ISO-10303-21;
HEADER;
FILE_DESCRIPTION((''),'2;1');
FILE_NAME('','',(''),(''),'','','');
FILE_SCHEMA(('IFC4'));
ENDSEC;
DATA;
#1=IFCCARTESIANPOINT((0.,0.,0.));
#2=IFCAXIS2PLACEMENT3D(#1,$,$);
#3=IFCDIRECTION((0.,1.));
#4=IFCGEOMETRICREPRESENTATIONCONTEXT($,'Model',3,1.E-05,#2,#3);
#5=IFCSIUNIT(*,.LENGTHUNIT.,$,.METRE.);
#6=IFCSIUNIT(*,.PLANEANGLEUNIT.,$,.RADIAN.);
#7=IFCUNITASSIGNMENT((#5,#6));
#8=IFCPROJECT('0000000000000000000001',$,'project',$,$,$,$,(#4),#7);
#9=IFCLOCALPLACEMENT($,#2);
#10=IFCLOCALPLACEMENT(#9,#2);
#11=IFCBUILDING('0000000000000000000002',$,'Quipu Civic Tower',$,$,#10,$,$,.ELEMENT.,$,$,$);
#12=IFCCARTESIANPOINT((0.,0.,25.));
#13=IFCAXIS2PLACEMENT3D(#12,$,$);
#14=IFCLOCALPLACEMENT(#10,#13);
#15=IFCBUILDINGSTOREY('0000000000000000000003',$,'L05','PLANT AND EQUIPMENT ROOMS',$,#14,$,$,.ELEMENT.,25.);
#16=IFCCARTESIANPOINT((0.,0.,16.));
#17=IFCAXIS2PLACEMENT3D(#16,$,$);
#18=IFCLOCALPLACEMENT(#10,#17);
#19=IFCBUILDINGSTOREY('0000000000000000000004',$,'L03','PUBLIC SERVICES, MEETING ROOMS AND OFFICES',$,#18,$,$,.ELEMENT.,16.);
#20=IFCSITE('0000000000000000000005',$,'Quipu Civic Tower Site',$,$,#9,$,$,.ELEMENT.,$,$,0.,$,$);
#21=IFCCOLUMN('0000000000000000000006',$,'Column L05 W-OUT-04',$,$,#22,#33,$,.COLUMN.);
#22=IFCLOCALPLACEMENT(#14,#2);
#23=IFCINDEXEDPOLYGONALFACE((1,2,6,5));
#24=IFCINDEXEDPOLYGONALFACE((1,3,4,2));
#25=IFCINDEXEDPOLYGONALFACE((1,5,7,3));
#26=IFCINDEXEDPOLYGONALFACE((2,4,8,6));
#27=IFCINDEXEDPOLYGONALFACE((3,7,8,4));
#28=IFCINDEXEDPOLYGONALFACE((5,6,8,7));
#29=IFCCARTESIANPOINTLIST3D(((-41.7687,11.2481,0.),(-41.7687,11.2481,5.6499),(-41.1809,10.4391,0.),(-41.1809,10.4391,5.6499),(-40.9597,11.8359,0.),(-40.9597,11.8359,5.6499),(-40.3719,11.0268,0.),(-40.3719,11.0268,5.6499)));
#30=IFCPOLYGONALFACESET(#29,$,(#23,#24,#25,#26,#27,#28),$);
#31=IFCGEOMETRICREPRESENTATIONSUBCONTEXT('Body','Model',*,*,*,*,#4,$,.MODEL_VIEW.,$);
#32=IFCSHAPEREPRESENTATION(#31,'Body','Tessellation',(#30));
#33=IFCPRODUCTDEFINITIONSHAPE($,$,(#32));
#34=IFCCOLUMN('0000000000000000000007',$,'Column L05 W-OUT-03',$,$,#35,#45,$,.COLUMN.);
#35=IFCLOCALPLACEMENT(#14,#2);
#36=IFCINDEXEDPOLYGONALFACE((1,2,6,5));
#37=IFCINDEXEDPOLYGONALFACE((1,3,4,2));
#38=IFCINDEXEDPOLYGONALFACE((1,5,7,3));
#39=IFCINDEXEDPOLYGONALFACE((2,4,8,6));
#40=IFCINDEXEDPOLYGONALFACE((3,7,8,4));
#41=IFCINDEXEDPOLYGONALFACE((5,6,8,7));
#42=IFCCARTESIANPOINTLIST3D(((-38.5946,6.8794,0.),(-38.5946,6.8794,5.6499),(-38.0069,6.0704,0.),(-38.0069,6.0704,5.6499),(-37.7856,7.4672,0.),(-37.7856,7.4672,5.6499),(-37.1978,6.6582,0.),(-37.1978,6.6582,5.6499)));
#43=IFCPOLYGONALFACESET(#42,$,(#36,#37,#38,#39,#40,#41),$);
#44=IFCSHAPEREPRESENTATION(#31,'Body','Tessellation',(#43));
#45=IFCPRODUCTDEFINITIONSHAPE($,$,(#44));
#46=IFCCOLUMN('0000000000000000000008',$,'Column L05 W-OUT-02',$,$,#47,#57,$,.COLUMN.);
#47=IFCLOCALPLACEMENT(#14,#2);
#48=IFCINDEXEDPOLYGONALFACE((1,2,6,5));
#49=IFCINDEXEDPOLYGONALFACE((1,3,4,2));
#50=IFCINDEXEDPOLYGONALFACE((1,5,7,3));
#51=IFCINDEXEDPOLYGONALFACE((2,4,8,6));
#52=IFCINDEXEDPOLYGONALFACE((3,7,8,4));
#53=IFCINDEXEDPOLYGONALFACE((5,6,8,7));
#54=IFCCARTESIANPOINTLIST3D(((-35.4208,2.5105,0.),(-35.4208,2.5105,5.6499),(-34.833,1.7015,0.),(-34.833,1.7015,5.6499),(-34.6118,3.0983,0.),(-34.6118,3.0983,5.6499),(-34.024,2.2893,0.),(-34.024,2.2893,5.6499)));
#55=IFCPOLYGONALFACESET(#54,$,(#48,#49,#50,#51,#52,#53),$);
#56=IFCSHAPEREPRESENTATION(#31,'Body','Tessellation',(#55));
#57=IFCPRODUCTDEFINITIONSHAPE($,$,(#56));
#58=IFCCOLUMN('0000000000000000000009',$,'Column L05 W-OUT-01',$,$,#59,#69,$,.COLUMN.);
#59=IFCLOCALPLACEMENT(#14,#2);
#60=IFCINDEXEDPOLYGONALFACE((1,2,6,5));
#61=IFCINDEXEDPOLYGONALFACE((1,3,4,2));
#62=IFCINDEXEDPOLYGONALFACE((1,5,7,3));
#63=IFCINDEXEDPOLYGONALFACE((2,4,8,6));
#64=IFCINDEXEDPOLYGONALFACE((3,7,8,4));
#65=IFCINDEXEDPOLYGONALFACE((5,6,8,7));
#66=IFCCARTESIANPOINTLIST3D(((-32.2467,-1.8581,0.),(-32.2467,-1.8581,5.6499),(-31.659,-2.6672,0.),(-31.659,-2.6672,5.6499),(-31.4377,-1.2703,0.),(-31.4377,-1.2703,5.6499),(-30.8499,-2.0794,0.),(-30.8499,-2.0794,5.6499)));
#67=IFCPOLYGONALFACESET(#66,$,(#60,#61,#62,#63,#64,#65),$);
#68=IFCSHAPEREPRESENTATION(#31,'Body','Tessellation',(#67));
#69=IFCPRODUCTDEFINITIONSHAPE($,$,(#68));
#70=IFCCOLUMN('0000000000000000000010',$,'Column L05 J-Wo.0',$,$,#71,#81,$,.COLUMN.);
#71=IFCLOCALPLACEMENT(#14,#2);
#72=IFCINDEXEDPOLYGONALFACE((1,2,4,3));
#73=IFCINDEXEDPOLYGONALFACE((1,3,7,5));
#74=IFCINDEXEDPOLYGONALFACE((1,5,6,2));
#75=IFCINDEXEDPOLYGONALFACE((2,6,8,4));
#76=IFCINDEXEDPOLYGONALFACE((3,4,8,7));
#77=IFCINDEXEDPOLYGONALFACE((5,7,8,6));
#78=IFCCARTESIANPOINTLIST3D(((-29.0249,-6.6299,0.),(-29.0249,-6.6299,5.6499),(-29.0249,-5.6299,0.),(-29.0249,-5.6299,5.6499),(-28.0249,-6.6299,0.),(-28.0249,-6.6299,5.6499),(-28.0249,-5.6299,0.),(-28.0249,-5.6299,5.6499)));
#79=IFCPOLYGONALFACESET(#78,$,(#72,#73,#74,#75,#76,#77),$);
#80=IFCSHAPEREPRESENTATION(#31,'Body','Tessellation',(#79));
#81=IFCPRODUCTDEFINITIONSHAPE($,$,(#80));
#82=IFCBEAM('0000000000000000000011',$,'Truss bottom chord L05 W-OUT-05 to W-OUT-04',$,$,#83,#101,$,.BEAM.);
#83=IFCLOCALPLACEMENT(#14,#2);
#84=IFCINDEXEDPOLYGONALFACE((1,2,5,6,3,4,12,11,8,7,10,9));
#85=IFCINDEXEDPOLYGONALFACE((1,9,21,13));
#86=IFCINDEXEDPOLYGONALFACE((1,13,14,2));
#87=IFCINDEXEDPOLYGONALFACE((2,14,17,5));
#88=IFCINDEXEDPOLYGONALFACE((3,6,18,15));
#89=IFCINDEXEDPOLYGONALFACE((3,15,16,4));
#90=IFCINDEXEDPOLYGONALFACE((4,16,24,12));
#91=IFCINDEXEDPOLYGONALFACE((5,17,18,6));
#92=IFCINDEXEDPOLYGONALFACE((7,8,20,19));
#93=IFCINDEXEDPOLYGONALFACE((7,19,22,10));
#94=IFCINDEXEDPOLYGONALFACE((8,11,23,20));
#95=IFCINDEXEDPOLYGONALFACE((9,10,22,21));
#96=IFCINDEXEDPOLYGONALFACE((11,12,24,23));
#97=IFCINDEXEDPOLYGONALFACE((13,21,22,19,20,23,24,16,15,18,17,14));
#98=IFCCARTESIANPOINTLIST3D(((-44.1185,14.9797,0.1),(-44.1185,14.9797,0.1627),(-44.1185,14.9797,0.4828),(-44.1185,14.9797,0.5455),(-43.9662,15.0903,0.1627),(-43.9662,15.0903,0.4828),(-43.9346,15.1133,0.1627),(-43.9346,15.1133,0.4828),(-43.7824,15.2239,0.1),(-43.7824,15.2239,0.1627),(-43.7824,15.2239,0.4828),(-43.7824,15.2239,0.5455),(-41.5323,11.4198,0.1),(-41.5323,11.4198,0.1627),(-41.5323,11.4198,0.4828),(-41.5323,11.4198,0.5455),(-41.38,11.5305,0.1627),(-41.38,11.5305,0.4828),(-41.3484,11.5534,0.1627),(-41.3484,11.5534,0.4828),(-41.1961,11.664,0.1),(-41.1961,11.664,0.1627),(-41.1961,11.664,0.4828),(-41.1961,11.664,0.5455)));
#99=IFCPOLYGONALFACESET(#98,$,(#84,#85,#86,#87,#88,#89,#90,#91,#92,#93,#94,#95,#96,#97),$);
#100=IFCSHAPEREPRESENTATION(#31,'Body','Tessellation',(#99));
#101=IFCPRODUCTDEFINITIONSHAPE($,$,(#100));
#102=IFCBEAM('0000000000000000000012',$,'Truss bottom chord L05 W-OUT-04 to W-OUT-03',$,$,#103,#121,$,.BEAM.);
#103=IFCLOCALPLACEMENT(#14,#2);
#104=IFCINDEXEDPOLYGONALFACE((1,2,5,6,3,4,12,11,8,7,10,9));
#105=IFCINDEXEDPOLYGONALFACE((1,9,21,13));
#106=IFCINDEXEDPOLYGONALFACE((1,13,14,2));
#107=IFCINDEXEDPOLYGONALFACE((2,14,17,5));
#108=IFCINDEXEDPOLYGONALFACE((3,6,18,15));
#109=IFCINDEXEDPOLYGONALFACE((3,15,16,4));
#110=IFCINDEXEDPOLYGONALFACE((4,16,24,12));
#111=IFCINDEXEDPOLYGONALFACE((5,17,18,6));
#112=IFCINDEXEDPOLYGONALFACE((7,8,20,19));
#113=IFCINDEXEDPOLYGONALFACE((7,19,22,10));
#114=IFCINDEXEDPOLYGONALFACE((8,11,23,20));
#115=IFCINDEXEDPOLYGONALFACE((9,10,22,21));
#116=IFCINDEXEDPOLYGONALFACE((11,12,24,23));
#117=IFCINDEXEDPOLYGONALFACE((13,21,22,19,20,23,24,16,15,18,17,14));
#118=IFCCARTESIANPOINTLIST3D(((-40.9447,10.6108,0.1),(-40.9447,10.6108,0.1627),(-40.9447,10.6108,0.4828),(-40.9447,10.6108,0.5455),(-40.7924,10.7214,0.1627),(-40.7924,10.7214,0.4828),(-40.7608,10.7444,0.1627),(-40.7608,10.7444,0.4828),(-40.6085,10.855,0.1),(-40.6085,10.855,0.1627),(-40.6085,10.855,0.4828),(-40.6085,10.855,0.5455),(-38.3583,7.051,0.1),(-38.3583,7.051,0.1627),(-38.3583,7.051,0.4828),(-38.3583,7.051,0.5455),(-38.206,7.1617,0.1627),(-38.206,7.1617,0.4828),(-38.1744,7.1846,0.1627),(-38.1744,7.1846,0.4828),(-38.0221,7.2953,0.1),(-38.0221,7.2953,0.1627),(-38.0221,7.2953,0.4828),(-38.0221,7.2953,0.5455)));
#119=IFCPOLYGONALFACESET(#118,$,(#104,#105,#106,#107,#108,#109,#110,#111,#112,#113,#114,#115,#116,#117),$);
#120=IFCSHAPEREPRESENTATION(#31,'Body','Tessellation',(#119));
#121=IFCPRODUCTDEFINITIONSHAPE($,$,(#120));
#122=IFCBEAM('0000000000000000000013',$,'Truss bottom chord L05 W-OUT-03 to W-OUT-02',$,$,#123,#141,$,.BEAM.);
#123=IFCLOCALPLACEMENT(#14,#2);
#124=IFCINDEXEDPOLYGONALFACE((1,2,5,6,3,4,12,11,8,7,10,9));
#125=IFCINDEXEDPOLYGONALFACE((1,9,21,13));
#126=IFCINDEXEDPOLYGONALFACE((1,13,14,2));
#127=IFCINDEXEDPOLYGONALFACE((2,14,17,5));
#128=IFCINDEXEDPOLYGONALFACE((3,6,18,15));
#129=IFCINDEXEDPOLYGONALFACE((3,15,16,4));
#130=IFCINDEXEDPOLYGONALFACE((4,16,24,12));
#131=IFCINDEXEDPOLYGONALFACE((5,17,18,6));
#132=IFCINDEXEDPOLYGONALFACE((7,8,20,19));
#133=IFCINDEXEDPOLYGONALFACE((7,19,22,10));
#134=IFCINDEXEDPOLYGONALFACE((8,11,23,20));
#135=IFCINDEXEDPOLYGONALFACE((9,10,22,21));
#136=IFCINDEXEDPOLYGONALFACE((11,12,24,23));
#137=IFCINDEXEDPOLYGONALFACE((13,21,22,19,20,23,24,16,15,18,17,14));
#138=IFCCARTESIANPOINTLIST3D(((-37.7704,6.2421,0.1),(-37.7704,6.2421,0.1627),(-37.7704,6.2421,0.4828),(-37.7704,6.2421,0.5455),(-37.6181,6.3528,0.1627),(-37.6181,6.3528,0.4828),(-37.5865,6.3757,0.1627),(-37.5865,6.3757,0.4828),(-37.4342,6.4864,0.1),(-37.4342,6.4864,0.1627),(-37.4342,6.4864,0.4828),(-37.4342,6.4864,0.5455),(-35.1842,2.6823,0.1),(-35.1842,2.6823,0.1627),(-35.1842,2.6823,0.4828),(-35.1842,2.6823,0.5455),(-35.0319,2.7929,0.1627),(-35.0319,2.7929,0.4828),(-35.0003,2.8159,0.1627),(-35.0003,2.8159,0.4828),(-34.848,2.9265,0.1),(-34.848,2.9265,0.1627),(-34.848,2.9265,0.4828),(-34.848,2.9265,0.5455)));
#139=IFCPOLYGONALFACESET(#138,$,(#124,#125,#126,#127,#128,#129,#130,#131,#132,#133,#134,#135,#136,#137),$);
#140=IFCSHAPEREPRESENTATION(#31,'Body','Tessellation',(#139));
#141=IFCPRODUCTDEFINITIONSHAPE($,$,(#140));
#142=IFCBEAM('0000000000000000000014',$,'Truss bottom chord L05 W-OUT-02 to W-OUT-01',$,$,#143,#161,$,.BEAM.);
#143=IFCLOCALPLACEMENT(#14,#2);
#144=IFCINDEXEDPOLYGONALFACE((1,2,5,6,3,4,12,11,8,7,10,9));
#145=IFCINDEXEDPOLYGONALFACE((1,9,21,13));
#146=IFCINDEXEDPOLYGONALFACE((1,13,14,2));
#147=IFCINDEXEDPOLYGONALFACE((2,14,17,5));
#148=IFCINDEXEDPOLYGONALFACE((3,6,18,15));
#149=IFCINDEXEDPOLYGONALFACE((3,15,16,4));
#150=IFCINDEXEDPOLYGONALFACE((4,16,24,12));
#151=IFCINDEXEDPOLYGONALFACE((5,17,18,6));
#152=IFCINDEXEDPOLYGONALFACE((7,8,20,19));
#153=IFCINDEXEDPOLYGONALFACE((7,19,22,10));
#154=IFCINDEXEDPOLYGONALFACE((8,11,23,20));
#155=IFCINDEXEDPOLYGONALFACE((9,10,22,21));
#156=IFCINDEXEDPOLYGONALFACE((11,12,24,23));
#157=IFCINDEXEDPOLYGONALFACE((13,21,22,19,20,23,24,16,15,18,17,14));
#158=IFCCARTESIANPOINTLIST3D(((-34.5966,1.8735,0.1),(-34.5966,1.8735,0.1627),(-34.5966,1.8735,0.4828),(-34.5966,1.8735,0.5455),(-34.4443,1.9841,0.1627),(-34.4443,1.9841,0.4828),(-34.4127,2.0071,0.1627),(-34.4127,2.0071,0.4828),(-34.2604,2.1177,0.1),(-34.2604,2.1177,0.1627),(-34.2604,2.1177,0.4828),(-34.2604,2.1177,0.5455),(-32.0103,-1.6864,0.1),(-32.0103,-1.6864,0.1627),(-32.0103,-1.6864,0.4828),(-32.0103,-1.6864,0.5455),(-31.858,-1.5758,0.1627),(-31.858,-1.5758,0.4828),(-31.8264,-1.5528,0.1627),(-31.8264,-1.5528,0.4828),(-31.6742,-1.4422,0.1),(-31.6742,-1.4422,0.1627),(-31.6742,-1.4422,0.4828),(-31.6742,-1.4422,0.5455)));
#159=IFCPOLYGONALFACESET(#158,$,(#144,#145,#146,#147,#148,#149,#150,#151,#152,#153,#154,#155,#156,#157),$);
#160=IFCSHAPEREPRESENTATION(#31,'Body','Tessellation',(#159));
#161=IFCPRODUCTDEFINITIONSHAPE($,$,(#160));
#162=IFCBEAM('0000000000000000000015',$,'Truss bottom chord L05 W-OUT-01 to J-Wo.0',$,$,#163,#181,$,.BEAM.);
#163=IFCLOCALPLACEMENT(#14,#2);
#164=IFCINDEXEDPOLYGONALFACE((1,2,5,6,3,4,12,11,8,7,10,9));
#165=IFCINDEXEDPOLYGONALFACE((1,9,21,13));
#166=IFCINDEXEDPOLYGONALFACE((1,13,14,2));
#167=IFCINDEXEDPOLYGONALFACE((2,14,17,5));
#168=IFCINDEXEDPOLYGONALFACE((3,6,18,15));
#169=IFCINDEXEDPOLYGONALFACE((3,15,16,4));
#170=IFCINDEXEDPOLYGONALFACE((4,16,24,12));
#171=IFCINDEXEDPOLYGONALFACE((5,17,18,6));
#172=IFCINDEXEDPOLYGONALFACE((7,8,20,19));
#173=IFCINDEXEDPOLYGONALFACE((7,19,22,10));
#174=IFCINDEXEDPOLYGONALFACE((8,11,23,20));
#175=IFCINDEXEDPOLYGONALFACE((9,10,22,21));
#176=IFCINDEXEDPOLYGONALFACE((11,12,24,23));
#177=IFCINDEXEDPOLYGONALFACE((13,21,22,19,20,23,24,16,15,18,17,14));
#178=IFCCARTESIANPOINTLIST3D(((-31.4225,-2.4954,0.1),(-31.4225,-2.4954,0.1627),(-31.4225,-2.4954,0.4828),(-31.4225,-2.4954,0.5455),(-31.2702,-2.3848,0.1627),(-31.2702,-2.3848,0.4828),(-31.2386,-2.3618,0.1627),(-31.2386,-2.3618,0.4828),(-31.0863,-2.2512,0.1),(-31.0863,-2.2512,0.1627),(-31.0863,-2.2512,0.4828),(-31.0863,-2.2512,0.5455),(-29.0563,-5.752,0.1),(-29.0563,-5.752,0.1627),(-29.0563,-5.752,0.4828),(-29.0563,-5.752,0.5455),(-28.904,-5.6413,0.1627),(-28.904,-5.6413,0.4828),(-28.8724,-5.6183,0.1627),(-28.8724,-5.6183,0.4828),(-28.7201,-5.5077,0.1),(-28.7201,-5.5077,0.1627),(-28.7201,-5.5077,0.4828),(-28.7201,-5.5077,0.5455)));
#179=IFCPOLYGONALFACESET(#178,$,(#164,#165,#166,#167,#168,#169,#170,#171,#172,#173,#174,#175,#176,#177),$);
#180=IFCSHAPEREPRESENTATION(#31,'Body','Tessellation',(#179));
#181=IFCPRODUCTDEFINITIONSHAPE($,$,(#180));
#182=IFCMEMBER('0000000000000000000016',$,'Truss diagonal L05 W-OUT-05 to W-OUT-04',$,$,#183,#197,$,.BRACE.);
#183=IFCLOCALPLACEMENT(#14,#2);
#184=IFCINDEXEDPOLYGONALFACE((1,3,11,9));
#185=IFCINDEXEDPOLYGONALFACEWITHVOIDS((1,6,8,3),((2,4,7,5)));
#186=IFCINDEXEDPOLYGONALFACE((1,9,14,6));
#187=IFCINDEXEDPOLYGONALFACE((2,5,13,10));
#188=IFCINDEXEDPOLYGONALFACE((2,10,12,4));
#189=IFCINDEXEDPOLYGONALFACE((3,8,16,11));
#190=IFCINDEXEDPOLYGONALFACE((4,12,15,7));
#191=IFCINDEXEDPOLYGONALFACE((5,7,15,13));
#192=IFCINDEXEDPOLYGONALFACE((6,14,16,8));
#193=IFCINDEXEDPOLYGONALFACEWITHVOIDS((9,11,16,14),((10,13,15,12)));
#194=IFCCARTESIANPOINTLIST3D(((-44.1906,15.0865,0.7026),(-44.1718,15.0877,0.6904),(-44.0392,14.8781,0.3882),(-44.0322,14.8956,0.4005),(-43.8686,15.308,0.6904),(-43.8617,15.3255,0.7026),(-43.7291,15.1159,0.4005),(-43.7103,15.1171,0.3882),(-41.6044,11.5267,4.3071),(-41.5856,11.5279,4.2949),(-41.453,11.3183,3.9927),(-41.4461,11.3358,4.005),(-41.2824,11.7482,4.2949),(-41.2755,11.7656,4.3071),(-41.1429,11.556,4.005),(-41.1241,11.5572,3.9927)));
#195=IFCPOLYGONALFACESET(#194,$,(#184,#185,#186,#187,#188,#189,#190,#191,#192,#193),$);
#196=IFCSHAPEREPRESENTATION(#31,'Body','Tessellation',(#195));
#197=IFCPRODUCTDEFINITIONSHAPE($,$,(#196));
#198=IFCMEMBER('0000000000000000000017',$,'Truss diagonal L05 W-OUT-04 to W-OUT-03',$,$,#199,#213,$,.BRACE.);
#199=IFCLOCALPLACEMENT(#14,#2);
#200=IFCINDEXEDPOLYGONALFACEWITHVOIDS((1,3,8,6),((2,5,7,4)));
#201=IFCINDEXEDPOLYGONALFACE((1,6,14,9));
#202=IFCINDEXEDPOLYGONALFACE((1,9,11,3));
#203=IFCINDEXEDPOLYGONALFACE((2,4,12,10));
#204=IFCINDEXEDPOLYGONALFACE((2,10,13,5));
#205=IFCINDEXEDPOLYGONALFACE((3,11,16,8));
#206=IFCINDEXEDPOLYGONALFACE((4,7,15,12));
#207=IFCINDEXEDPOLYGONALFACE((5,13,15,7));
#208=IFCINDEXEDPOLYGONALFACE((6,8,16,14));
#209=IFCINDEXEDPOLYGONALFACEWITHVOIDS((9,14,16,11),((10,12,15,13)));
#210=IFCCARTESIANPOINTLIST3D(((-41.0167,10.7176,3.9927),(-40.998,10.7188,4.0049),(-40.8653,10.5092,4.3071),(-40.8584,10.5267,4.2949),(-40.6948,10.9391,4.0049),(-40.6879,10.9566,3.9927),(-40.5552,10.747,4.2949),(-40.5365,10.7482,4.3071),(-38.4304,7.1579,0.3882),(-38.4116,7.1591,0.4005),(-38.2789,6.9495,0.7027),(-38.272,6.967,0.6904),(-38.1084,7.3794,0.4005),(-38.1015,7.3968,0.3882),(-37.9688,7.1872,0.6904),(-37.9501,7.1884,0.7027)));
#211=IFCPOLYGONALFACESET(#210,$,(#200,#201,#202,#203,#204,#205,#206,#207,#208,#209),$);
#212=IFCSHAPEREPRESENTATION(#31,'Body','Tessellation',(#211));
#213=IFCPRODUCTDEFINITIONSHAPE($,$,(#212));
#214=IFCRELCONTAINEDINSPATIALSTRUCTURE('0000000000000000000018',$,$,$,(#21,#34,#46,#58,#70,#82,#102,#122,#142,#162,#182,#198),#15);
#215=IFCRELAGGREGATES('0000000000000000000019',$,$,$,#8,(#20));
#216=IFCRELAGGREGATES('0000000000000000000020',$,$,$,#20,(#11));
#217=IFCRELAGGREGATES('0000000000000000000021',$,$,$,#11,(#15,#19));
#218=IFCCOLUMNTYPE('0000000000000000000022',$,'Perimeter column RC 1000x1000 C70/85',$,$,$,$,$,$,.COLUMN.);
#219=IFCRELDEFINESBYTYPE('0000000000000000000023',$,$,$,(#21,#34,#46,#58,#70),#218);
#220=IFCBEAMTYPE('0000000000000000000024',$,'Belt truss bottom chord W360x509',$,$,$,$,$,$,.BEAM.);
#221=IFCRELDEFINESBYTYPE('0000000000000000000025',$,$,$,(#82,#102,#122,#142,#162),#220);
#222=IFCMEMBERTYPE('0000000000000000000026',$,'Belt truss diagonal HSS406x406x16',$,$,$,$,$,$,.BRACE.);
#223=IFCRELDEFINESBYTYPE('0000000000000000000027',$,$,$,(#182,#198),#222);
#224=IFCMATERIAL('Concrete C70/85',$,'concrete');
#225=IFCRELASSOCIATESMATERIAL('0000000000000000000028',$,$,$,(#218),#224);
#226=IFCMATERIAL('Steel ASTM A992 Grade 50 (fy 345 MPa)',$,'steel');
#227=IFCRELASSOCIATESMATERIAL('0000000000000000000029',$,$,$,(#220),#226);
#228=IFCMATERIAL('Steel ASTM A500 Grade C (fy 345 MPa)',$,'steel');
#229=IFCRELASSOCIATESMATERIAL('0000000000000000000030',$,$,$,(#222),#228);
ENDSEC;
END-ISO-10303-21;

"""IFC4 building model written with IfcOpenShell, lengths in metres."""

from ifc_helpers import new_model, si_unit, direction, frame, origin, origin_2d, place, context, subcontext, project, spatial, rectangle, hollow_rectangle, i_section, extrude, material, material_profile, profile_set, type_object, element, save


model = new_model("IFC4")

# Units and contexts
model_context = context("Model", 3, precision=1e-05, world=origin(), true_north=direction((0.0, 1.0)))
body_context = subcontext(model_context, "Body", "Model", "MODEL_VIEW")
ifc_project = project(units=[si_unit("LENGTHUNIT", "METRE"), si_unit("PLANEANGLEUNIT", "RADIAN")], contexts=[model_context])

# Site, building, storey
site_placement = place(None, origin())
site = spatial("IfcSite", under=ifc_project, at=site_placement, Name="Quipu Civic Tower Site", CompositionType="ELEMENT", RefElevation=0.0)
building_placement = place(site_placement, origin())
building = spatial("IfcBuilding", under=site, at=building_placement, Name="Quipu Civic Tower", CompositionType="ELEMENT")
storey_1_placement = place(building_placement, frame((0.0, 0.0, 25.0)))
storey_1 = spatial("IfcBuildingStorey", under=building, at=storey_1_placement, Name="L05", Description="PLANT AND EQUIPMENT ROOMS", CompositionType="ELEMENT", Elevation=25.0)

# Columns
ifc_material_1 = material(Name="Concrete C70/85", Category="concrete")
ifc_material_profile_1 = material_profile(ifc_material_1, rectangle(XDim=1.0, YDim=1.0, at=origin_2d()), Name="RC1000x1000")
ifc_profile_set_1 = profile_set([ifc_material_profile_1], Name="Concrete C70/85")
column_type = type_object("IfcColumnType", Name="Perimeter column RC 1000x1000 C70/85", PredefinedType="COLUMN", material=ifc_profile_set_1)
for number, where, z_axis, x_axis, name in (
    (1, (-41.0703, 11.1375, 0.0), (0.0, 0.0, 1.0), (0.587785, -0.809017, 0.0), "Column L05 W-OUT-04"),
    (2, (-37.8962, 6.7688, 0.0), (0.0, 0.0, 1.0), (0.587785, -0.809017, 0.0), "Column L05 W-OUT-03"),
    (3, (-34.7224, 2.3999, 0.0), (0.0, 0.0, 1.0), (0.587785, -0.809017, 0.0), "Column L05 W-OUT-02"),
    (4, (-31.5483, -1.9688, 0.0), (0.0, 0.0, 1.0), (0.587785, -0.809017, 0.0), "Column L05 W-OUT-01"),
    (5, (-28.5249, -6.1299, 0.0), (0.0, 0.0, 1.0), (1.0, 0.0, 0.0), "Column L05 J-Wo.0"),
):
    element("IfcColumn", number, at=place(storey_1_placement, frame(where, z_axis=z_axis, x_axis=x_axis)), inside=storey_1, type_object=column_type, Name=name, PredefinedType="COLUMN", context=body_context, shape_type="SweptSolid", body=[
        extrude(rectangle(XDim=1.0, YDim=1.0, at=origin_2d()), origin(), (0.0, 0.0, 1.0), 5.6499),
    ])

# Beams
ifc_material_2 = material(Name="Steel ASTM A992 Grade 50 (fy 345 MPa)", Category="steel")
ifc_material_profile_2 = material_profile(ifc_material_2, i_section(OverallWidth=0.4155, OverallDepth=0.4456, WebThickness=0.0391, FlangeThickness=0.0627, at=origin_2d()), Name="W360x509")
ifc_profile_set_2 = profile_set([ifc_material_profile_2], Name="Steel ASTM A992 Grade 50 (fy 345 MPa)")
beam_type_1 = type_object("IfcBeamType", Name="Belt truss bottom chord W360x509", PredefinedType="BEAM", material=ifc_profile_set_2)
for number, where, z_axis, x_axis, name in (
    (6, (-43.9504, 15.1018, 0.3228), (0.587759, -0.809036, 0.0), (0.809036, 0.587759, 0.0), "Truss bottom chord L05 W-OUT-05 to W-OUT-04"),
    (7, (-40.7766, 10.7329, 0.3228), (0.587796, -0.80901, 0.0), (0.80901, 0.587796, 0.0), "Truss bottom chord L05 W-OUT-04 to W-OUT-03"),
    (8, (-37.6023, 6.3643, 0.3228), (0.587759, -0.809036, 0.0), (0.809036, 0.587759, 0.0), "Truss bottom chord L05 W-OUT-03 to W-OUT-02"),
    (9, (-34.4285, 1.9956, 0.3228), (0.587759, -0.809036, 0.0), (0.809036, 0.587759, 0.0), "Truss bottom chord L05 W-OUT-02 to W-OUT-01"),
):
    element("IfcBeam", number, at=place(storey_1_placement, frame(where, z_axis=z_axis, x_axis=x_axis)), inside=storey_1, type_object=beam_type_1, Name=name, PredefinedType="BEAM", context=body_context, shape_type="SweptSolid", body=[
        extrude(i_section(OverallWidth=0.4155, OverallDepth=0.4456, WebThickness=0.0391, FlangeThickness=0.0627, at=origin_2d()), origin(), (0.0, 0.0, 1.0), 4.4001),
    ])
beam_1_placement = place(storey_1_placement, frame((-31.2544, -2.3733, 0.3228), z_axis=(0.587811, -0.808998, 0.0), x_axis=(0.808998, 0.587811, 0.0)))
element("IfcBeam", 10, at=beam_1_placement, inside=storey_1, type_object=beam_type_1, Name="Truss bottom chord L05 W-OUT-01 to J-Wo.0", PredefinedType="BEAM", context=body_context, shape_type="SweptSolid", body=[
    extrude(i_section(OverallWidth=0.4155, OverallDepth=0.4456, WebThickness=0.0391, FlangeThickness=0.0627, at=origin_2d()), origin(), (0.0, 0.0, 1.0), 4.0254),
])

# Members
ifc_material_3 = material(Name="Steel ASTM A500 Grade C (fy 345 MPa)", Category="steel")
ifc_material_profile_3 = material_profile(ifc_material_3, hollow_rectangle(XDim=0.4065, YDim=0.4065, WallThickness=0.0159, at=origin_2d()), Name="HSS406x406x16")
ifc_profile_set_3 = profile_set([ifc_material_profile_3], Name="Steel ASTM A500 Grade C (fy 345 MPa)")
member_type_1 = type_object("IfcMemberType", Name="Belt truss diagonal HSS406x406x16", PredefinedType="BRACE", material=ifc_profile_set_3)
for number, where, z_axis, x_axis, name in (
    (11, (-43.9504, 15.1018, 0.5454), (0.454676, -0.62585, 0.633705), (0.809036, 0.587759, 0.0), "Truss diagonal L05 W-OUT-05 to W-OUT-04"),
    (12, (-40.7766, 10.7329, 4.1499), (0.45471, -0.625838, -0.633692), (0.80901, 0.587796, 0.0), "Truss diagonal L05 W-OUT-04 to W-OUT-03"),
):
    element("IfcMember", number, at=place(storey_1_placement, frame(where, z_axis=z_axis, x_axis=x_axis)), inside=storey_1, type_object=member_type_1, Name=name, PredefinedType="BRACE", context=body_context, shape_type="SweptSolid", body=[
        extrude(hollow_rectangle(XDim=0.4065, YDim=0.4065, WallThickness=0.0159, at=origin_2d()), origin(), (0.0, 0.0, 1.0), 5.688),
    ])

# Shared definitions
storey_2_placement = place(building_placement, frame((0.0, 0.0, 16.0)))
storey_2 = spatial("IfcBuildingStorey", under=building, at=storey_2_placement, Name="L03", Description="PUBLIC SERVICES, MEETING ROOMS AND OFFICES", CompositionType="ELEMENT", Elevation=16.0)

save(model, "model.ifc")
